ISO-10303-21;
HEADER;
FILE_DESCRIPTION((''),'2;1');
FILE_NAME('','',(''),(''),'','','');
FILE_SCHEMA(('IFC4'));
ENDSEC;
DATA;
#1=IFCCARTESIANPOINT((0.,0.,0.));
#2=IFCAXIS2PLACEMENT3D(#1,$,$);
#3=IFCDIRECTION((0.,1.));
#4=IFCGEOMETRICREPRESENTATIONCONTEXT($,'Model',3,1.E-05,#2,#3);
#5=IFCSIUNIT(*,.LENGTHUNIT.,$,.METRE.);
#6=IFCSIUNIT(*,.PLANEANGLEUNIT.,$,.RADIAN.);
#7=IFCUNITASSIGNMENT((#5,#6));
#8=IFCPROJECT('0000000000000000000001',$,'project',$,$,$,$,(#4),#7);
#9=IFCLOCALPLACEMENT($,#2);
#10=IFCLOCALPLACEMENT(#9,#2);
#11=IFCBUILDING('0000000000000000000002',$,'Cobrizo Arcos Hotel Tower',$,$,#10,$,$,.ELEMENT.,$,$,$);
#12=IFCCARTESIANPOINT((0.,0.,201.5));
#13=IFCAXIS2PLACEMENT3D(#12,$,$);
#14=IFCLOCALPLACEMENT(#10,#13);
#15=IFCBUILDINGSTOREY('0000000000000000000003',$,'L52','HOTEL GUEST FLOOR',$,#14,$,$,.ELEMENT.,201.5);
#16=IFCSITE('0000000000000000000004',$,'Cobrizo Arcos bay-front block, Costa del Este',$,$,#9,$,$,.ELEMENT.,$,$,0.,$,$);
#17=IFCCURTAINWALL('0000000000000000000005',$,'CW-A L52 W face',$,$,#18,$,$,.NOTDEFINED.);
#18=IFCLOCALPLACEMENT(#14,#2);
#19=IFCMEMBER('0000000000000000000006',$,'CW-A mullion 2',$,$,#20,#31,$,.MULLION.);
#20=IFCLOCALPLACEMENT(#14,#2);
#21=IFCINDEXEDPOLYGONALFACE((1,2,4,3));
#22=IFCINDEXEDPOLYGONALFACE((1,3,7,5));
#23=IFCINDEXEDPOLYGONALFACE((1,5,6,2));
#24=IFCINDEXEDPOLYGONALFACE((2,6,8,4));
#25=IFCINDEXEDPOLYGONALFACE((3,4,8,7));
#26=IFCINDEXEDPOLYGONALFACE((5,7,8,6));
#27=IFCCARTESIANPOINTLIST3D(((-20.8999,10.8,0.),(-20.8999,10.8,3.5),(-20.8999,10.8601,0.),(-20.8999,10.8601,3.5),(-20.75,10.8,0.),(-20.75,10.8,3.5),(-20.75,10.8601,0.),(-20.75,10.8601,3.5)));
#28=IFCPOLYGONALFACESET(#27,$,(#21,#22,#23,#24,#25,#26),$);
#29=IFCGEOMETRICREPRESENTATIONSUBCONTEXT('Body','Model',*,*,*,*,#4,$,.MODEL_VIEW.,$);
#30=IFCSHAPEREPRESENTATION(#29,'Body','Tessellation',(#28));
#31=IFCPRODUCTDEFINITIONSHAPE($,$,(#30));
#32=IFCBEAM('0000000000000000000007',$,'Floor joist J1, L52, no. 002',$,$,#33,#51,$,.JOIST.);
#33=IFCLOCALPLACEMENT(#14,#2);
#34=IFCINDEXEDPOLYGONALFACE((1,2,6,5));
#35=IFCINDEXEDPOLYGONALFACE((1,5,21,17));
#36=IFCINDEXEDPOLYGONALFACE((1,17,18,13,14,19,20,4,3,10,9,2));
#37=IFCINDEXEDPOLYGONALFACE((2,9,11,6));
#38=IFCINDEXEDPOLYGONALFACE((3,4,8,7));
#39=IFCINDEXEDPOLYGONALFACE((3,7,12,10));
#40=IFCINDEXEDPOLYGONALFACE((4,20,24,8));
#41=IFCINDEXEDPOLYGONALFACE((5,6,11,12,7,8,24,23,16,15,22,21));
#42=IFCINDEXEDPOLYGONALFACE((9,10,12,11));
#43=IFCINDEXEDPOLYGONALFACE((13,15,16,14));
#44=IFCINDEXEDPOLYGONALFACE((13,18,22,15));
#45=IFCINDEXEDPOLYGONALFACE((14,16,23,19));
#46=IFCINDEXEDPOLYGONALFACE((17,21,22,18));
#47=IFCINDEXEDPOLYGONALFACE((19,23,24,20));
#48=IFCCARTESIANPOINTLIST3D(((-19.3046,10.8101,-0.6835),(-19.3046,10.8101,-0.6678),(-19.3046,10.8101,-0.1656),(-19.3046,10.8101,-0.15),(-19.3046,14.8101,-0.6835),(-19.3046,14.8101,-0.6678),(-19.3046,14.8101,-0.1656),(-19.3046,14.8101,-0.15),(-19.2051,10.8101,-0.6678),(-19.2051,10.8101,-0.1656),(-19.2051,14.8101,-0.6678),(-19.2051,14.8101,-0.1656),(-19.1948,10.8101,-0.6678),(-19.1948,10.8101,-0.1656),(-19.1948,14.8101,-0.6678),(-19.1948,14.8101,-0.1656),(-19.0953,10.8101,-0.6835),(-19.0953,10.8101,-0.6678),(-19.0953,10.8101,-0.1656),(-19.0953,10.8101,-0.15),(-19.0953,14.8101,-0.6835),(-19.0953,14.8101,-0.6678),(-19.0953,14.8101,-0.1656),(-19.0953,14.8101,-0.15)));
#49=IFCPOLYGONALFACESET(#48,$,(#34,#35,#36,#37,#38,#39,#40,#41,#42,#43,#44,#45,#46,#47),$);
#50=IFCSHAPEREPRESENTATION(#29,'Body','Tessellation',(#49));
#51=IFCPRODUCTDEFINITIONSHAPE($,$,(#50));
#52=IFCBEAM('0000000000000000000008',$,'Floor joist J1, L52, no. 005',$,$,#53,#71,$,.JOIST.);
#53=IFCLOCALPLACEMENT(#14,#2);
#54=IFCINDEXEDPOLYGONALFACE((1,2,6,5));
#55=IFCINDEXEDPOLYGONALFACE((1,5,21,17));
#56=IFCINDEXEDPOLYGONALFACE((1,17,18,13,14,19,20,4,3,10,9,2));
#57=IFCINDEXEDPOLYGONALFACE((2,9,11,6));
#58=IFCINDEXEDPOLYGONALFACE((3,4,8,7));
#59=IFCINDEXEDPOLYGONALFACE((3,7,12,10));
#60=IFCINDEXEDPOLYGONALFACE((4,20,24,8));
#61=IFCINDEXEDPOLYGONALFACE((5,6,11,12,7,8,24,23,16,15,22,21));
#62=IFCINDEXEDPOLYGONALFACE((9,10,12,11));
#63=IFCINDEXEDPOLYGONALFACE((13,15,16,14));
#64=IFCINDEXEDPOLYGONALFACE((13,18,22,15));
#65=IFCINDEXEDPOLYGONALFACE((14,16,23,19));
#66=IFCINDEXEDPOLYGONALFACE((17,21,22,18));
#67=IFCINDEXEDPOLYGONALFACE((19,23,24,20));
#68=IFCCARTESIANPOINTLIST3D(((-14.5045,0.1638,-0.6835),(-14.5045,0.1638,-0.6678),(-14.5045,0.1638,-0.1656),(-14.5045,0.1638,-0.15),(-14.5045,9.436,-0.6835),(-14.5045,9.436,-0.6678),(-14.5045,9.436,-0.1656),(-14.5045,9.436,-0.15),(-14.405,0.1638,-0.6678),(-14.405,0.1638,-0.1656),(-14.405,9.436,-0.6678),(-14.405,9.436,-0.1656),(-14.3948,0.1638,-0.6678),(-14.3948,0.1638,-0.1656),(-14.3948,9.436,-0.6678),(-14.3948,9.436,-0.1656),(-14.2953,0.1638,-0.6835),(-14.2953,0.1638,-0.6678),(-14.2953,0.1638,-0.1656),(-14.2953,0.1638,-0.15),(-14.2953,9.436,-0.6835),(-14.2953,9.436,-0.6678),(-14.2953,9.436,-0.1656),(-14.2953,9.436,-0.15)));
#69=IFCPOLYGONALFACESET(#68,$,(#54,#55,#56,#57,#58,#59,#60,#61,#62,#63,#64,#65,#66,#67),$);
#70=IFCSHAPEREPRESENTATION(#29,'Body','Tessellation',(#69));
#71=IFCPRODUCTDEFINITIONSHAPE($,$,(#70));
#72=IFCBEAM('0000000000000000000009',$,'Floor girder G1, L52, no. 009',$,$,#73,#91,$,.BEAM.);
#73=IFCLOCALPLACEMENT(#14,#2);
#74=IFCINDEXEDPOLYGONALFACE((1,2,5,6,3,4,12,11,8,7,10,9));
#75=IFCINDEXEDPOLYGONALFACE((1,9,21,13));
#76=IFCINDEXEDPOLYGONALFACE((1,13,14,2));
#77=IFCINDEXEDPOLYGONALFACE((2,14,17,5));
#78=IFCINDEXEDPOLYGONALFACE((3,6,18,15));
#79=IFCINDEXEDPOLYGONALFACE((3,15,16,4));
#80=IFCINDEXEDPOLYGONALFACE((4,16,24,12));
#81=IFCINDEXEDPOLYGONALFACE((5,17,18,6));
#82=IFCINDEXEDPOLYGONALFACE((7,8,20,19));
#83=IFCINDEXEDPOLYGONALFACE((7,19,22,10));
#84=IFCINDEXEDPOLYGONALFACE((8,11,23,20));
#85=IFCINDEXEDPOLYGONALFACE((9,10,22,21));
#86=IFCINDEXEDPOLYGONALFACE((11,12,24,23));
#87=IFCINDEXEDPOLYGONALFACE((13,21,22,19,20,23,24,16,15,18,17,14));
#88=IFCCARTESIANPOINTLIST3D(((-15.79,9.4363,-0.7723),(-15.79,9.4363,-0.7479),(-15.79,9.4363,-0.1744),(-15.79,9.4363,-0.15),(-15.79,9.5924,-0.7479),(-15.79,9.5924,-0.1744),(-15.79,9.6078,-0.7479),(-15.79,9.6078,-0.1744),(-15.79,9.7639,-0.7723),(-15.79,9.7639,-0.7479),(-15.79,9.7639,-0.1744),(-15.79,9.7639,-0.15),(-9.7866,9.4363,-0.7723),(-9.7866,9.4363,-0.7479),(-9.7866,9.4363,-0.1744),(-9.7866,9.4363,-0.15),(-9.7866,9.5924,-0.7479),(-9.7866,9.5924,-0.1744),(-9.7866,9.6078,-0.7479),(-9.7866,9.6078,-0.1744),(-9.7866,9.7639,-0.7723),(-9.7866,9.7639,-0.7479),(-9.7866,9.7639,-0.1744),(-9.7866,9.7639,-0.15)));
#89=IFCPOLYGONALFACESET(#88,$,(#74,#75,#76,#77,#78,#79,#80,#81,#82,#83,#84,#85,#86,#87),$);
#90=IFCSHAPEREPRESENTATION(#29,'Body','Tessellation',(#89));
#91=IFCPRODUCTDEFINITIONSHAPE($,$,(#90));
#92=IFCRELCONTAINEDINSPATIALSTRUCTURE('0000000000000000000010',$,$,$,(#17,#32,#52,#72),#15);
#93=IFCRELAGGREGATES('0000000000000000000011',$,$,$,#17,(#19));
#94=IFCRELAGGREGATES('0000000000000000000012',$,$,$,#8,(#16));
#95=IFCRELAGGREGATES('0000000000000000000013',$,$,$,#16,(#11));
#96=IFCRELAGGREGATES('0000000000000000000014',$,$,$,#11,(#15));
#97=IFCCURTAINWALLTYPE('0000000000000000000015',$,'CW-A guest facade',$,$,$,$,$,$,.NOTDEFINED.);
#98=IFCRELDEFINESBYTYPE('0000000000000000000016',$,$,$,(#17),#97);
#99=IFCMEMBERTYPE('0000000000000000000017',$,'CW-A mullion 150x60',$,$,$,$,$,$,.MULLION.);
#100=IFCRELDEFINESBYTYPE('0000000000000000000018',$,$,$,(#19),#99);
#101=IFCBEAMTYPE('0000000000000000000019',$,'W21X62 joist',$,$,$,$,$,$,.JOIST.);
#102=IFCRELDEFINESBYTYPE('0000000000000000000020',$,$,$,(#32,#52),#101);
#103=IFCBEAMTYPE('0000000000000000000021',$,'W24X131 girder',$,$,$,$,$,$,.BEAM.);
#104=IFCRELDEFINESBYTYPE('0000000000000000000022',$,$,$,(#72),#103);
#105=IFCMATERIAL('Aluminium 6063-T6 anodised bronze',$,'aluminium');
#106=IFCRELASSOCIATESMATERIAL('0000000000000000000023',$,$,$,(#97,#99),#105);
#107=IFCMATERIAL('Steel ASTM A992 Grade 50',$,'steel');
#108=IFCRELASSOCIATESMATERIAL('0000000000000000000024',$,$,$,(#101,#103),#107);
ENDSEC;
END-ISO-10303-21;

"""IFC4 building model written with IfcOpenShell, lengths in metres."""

from ifc_helpers import new_model, si_unit, direction, frame, origin, origin_2d, place, context, subcontext, project, spatial, rectangle, i_section, extrude, material, material_profile, profile_set, type_object, element, aggregate, save


model = new_model("IFC4")

# Units and contexts
model_context = context("Model", 3, precision=1e-05, world=origin(), true_north=direction((0.0, 1.0)))
body_context = subcontext(model_context, "Body", "Model", "MODEL_VIEW")
ifc_project = project(units=[si_unit("LENGTHUNIT", "METRE"), si_unit("PLANEANGLEUNIT", "RADIAN")], contexts=[model_context])

# Site, building, storey
site_placement = place(None, origin())
site = spatial("IfcSite", under=ifc_project, at=site_placement, Name="Cobrizo Arcos bay-front block, Costa del Este", CompositionType="ELEMENT", RefElevation=0.0)
building_placement = place(site_placement, origin())
building = spatial("IfcBuilding", under=site, at=building_placement, Name="Cobrizo Arcos Hotel Tower", CompositionType="ELEMENT")
storey_placement = place(building_placement, frame((0.0, 0.0, 201.5)))
storey = spatial("IfcBuildingStorey", under=building, at=storey_placement, Name="L52", Description="HOTEL GUEST FLOOR", CompositionType="ELEMENT", Elevation=201.5)

# Curtain wall, member
ifc_material_1 = material(Name="Aluminium 6063-T6 anodised bronze", Category="aluminium")
curtain_wall_type = type_object("IfcCurtainWallType", Name="CW-A guest facade", PredefinedType="NOTDEFINED", material=ifc_material_1)
curtain_wall_placement = place(storey_placement, origin())
curtain_wall = element("IfcCurtainWall", 1, at=curtain_wall_placement, inside=storey, type_object=curtain_wall_type, Name="CW-A L52 W face", PredefinedType="NOTDEFINED")
ifc_material_profile_1 = material_profile(ifc_material_1, rectangle(XDim=0.1499, YDim=0.0601, at=origin_2d()), Name="CW-A mullion 150x60")
ifc_profile_set_1 = profile_set([ifc_material_profile_1], Name="Aluminium 6063-T6 anodised bronze")
member_type = type_object("IfcMemberType", Name="CW-A mullion 150x60", PredefinedType="MULLION", material=ifc_profile_set_1)
member_placement = place(storey_placement, frame((-20.825, 10.8301, 0.0), z_axis=(0.0, 0.0, 1.0), x_axis=(-1.0, 0.0, 0.0)))
member = element("IfcMember", 2, at=member_placement, type_object=member_type, Name="CW-A mullion 2", PredefinedType="MULLION", context=body_context, shape_type="SweptSolid", body=[
    extrude(rectangle(XDim=0.1499, YDim=0.0601, at=origin_2d()), origin(), (0.0, 0.0, 1.0), 3.5),
])
aggregate(curtain_wall, [member])

# Beams
ifc_material_2 = material(Name="Steel ASTM A992 Grade 50", Category="steel")
ifc_material_profile_2 = material_profile(ifc_material_2, i_section(OverallWidth=0.2092, OverallDepth=0.5334, WebThickness=0.0103, FlangeThickness=0.0156, at=origin_2d()), Name="W21X62")
ifc_profile_set_2 = profile_set([ifc_material_profile_2], Name="Steel ASTM A992 Grade 50")
beam_type_1 = type_object("IfcBeamType", Name="W21X62 joist", PredefinedType="JOIST", material=ifc_profile_set_2)
beam_1_placement = place(storey_placement, frame((-19.2, 10.8101, -0.4167), z_axis=(0.0, 1.0, 0.0), x_axis=(-1.0, 0.0, 0.0)))
element("IfcBeam", 3, at=beam_1_placement, inside=storey, type_object=beam_type_1, Name="Floor joist J1, L52, no. 002", PredefinedType="JOIST", context=body_context, shape_type="SweptSolid", body=[
    extrude(i_section(OverallWidth=0.2092, OverallDepth=0.5334, WebThickness=0.0103, FlangeThickness=0.0156, at=origin_2d()), origin(), (0.0, 0.0, 1.0), 4.0),
])
beam_2_placement = place(storey_placement, frame((-14.3999, 0.1638, -0.4167), z_axis=(0.0, 1.0, 0.0), x_axis=(-1.0, 0.0, 0.0)))
element("IfcBeam", 4, at=beam_2_placement, inside=storey, type_object=beam_type_1, Name="Floor joist J1, L52, no. 005", PredefinedType="JOIST", context=body_context, shape_type="SweptSolid", body=[
    extrude(i_section(OverallWidth=0.2092, OverallDepth=0.5334, WebThickness=0.0103, FlangeThickness=0.0156, at=origin_2d()), origin(), (0.0, 0.0, 1.0), 9.2722),
])
ifc_material_profile_3 = material_profile(ifc_material_2, i_section(OverallWidth=0.3276, OverallDepth=0.6223, WebThickness=0.0154, FlangeThickness=0.0244, at=origin_2d()), Name="W24X131")
ifc_profile_set_3 = profile_set([ifc_material_profile_3], Name="Steel ASTM A992 Grade 50")
beam_type_2 = type_object("IfcBeamType", Name="W24X131 girder", PredefinedType="BEAM", material=ifc_profile_set_3)
beam_3_placement = place(storey_placement, frame((-15.79, 9.6001, -0.4612), z_axis=(1.0, 0.0, 0.0), x_axis=(0.0, 1.0, 0.0)))
element("IfcBeam", 5, at=beam_3_placement, inside=storey, type_object=beam_type_2, Name="Floor girder G1, L52, no. 009", PredefinedType="BEAM", context=body_context, shape_type="SweptSolid", body=[
    extrude(i_section(OverallWidth=0.3276, OverallDepth=0.6223, WebThickness=0.0154, FlangeThickness=0.0244, at=origin_2d()), origin(), (0.0, 0.0, 1.0), 6.0034),
])

save(model, "model.ifc")
